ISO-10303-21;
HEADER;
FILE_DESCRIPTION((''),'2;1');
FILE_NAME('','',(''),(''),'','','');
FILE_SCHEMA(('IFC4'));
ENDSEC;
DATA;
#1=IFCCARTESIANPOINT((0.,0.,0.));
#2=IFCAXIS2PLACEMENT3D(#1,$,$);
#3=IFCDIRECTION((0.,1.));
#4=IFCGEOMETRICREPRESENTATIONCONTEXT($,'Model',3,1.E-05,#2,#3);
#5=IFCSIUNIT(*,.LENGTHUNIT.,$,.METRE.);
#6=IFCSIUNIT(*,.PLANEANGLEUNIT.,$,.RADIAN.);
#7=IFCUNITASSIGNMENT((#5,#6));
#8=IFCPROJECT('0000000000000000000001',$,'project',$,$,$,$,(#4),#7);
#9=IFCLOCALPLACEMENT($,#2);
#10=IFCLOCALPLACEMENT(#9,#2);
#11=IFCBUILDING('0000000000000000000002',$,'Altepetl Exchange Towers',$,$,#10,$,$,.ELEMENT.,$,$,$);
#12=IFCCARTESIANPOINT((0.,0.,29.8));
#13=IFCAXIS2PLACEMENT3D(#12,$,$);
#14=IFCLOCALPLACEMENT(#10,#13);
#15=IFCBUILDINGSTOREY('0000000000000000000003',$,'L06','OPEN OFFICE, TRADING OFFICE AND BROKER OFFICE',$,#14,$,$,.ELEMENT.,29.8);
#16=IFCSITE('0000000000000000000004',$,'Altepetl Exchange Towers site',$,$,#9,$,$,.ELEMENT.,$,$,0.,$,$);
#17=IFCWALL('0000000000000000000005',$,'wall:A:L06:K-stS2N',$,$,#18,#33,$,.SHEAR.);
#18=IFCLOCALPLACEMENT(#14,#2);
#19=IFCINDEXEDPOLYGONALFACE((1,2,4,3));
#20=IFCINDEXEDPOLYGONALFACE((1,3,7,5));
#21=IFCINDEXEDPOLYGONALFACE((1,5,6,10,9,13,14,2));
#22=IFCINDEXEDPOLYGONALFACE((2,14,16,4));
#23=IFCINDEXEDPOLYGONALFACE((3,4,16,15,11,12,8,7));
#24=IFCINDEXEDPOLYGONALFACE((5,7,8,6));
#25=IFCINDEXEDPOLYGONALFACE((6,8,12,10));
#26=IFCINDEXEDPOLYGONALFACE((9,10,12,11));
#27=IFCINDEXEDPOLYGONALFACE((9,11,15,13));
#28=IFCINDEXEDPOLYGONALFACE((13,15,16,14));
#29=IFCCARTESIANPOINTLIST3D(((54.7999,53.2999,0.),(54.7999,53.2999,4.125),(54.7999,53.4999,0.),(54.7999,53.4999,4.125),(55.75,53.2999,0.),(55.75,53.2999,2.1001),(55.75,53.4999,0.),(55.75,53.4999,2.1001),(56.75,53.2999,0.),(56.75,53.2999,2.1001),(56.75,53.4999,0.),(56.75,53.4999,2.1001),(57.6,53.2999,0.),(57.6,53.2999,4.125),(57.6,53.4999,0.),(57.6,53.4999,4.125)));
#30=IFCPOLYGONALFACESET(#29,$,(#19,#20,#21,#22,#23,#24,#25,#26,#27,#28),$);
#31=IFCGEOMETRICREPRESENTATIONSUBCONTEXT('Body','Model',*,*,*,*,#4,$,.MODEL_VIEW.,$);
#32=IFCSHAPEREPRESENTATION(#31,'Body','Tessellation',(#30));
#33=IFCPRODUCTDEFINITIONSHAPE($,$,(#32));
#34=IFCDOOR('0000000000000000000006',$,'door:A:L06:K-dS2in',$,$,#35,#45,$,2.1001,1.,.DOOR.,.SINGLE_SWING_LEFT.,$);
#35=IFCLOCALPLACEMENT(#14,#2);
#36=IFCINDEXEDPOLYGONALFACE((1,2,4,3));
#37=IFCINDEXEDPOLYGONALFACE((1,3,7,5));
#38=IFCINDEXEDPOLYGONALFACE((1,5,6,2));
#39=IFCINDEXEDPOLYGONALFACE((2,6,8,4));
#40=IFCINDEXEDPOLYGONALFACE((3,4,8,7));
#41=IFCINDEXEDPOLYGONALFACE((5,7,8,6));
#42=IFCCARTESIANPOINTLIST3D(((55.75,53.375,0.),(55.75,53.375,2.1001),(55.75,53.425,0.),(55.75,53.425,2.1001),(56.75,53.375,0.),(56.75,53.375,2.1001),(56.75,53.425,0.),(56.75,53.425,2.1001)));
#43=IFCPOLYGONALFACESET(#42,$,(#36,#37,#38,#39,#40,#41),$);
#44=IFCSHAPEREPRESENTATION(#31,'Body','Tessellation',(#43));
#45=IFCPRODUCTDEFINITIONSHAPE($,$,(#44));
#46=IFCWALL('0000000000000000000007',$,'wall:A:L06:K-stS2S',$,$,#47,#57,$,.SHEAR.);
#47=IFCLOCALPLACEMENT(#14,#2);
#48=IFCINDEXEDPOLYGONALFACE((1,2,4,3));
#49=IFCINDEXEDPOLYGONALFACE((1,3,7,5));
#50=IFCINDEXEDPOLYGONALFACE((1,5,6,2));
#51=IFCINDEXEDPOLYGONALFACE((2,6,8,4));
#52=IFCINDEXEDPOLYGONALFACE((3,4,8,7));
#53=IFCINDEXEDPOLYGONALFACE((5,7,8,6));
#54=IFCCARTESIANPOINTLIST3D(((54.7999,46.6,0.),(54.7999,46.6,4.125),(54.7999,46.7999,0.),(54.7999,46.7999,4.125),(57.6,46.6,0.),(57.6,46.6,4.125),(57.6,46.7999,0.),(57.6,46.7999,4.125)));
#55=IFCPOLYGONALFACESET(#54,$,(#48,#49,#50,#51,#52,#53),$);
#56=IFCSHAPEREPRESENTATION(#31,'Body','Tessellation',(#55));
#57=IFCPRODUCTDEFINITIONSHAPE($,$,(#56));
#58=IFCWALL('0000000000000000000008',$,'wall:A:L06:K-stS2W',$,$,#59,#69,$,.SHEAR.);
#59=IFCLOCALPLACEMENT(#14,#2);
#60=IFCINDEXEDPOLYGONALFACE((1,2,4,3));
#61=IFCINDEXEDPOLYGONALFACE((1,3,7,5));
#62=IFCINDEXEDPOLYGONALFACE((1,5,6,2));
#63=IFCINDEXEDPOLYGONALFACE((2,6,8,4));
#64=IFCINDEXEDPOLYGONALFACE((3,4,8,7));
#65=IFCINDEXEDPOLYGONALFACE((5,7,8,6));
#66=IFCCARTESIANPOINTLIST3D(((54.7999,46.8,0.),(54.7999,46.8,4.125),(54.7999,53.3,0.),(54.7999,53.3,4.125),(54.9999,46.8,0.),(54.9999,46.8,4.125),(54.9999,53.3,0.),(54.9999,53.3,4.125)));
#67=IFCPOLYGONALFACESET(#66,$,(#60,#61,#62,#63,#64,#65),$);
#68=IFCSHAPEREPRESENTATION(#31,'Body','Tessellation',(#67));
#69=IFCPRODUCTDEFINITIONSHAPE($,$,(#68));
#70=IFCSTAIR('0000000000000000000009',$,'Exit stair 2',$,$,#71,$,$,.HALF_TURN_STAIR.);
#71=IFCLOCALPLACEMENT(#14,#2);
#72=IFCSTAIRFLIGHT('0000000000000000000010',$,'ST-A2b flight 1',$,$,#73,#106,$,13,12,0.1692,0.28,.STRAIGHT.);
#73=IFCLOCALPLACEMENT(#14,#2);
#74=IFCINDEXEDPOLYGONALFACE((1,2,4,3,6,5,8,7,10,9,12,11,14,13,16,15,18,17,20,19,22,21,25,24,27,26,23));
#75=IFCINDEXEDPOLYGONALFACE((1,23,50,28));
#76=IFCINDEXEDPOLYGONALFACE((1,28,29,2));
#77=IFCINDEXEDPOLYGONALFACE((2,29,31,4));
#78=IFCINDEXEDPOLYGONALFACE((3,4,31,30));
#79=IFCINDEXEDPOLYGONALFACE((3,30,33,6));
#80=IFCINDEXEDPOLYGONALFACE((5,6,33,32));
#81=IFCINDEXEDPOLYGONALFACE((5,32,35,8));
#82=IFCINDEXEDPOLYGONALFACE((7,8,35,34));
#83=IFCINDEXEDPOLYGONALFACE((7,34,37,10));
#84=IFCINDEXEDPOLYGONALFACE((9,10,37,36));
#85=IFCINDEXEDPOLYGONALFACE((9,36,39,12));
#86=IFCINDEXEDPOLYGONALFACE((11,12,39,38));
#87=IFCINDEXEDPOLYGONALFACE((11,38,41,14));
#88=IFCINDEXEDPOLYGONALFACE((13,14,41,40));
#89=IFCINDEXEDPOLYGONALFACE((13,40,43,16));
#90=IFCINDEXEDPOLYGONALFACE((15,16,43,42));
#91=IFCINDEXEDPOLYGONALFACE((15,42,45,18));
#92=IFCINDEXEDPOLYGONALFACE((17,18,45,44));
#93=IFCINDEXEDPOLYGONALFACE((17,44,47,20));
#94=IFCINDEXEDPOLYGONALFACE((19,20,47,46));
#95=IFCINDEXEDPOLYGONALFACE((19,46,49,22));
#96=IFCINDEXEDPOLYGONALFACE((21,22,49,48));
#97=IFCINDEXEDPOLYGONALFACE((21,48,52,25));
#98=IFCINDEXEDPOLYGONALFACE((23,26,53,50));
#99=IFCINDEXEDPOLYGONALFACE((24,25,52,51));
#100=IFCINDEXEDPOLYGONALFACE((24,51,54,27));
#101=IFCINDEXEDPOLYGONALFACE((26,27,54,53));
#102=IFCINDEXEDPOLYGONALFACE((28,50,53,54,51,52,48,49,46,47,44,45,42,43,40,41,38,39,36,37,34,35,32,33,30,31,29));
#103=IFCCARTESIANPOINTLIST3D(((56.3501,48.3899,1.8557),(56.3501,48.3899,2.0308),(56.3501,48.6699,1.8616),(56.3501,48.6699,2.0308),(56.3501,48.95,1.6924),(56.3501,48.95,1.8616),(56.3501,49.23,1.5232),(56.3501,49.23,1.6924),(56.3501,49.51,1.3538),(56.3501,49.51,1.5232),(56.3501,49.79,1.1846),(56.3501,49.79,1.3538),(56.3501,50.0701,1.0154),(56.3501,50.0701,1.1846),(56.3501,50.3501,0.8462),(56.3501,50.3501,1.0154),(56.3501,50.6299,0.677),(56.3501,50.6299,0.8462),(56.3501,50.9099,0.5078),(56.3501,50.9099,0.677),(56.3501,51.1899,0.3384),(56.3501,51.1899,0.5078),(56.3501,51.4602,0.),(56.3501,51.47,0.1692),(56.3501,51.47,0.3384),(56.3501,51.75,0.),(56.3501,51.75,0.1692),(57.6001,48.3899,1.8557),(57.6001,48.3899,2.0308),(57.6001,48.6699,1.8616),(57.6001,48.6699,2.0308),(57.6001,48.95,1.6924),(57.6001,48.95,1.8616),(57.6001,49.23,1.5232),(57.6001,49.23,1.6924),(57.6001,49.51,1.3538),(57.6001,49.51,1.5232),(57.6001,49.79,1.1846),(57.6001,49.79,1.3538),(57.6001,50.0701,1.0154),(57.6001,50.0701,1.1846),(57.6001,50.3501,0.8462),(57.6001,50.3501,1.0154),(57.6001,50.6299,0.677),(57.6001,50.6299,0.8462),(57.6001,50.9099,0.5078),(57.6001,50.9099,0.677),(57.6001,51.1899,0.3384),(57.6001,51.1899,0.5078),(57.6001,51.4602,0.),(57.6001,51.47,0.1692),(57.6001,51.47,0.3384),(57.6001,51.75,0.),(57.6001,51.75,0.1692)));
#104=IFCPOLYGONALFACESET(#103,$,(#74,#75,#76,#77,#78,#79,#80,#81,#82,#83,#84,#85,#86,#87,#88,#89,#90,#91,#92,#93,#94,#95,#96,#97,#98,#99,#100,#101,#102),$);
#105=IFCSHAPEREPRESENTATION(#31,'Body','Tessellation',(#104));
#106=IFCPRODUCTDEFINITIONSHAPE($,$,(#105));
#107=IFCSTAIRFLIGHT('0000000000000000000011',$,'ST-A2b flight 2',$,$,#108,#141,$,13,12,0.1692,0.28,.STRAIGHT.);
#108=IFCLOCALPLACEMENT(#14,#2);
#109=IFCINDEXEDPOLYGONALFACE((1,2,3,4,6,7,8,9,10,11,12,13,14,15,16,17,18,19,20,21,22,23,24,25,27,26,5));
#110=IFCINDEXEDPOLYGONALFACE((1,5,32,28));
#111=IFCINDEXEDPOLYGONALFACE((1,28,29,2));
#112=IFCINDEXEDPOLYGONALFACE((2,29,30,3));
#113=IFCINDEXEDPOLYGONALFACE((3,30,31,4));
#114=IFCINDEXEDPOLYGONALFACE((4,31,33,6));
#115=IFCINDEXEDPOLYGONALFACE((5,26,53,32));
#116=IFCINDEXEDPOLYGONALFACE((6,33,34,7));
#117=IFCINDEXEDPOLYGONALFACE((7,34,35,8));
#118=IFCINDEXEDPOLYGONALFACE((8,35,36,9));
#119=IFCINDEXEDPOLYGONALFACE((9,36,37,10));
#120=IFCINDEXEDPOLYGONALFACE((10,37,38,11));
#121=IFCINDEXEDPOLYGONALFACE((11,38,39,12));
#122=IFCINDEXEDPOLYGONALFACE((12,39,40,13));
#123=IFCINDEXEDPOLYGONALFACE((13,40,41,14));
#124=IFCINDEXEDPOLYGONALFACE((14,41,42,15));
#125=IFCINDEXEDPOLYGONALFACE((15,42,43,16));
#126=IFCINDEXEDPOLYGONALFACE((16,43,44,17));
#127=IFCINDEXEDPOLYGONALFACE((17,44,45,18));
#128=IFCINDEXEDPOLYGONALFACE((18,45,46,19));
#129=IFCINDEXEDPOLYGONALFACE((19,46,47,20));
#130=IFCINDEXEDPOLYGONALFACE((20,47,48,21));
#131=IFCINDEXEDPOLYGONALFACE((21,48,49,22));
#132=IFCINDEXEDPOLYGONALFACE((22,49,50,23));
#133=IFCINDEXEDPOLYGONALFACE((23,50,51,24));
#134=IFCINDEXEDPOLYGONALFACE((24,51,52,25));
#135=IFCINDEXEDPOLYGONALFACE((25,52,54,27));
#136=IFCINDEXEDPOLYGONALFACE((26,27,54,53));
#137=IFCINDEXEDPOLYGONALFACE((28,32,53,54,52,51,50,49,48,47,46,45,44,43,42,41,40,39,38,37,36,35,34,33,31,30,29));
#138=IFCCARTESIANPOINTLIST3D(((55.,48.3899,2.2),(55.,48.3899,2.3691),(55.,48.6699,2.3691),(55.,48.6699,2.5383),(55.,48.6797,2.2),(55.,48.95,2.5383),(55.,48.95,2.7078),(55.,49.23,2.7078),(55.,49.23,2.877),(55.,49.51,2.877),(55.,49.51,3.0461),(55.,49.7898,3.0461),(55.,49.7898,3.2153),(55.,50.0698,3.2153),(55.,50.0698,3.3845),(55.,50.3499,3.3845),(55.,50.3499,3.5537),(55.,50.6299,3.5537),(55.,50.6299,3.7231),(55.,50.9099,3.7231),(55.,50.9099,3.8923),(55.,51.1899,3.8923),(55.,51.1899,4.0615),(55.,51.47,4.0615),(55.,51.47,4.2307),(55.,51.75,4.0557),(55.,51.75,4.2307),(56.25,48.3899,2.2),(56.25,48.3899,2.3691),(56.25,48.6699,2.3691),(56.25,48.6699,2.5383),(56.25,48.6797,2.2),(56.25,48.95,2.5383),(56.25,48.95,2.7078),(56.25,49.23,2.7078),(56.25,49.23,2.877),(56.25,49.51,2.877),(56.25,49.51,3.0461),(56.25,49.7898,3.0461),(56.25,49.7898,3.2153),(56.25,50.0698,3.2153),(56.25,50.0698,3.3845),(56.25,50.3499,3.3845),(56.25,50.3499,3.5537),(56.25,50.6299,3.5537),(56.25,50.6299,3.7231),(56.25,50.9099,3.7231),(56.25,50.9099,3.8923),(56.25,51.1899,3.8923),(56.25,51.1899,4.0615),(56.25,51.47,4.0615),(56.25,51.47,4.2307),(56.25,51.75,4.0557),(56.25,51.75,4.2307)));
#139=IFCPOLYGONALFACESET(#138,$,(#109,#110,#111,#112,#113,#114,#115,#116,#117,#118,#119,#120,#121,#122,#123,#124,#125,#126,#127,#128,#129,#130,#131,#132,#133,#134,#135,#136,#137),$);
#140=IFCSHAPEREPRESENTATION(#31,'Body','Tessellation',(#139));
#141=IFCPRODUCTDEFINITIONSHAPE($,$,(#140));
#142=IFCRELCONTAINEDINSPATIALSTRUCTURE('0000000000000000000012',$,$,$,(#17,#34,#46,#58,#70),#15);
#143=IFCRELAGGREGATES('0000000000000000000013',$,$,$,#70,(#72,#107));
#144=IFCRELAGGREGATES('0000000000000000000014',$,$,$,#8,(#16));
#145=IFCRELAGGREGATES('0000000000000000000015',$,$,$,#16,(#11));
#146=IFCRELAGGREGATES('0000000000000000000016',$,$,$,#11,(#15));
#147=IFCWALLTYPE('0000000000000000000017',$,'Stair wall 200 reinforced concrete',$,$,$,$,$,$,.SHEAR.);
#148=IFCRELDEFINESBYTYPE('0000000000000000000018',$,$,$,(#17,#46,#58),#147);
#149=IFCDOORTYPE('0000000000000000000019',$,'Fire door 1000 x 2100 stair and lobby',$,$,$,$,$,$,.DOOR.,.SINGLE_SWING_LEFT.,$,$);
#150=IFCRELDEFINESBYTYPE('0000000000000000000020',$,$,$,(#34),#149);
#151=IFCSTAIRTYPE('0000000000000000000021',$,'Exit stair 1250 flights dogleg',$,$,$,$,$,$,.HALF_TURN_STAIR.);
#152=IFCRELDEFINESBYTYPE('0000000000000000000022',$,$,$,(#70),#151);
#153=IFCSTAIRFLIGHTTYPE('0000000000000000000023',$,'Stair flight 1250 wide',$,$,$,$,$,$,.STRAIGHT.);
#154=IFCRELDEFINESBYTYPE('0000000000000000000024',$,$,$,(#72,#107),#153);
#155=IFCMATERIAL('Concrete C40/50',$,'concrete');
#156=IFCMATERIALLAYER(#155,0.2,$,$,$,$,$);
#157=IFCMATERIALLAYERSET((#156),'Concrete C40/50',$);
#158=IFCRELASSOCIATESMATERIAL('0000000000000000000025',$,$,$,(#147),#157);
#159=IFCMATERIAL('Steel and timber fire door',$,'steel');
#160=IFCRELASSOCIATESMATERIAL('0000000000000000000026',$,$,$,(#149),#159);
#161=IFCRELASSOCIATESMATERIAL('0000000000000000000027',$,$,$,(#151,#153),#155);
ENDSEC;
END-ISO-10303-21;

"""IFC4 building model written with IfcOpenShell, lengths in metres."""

from ifc_helpers import new_model, si_unit, direction, frame, frame_2d, origin, place, context, subcontext, project, spatial, polyline, rectangle, outline, extrude, material, layer, layer_set, type_object, element, fill, aggregate, save


model = new_model("IFC4")

# Units and contexts
model_context = context("Model", 3, precision=1e-05, world=origin(), true_north=direction((0.0, 1.0)))
body_context = subcontext(model_context, "Body", "Model", "MODEL_VIEW")
ifc_project = project(units=[si_unit("LENGTHUNIT", "METRE"), si_unit("PLANEANGLEUNIT", "RADIAN")], contexts=[model_context])

# Site, building, storey
site_placement = place(None, origin())
site = spatial("IfcSite", under=ifc_project, at=site_placement, Name="Altepetl Exchange Towers site", CompositionType="ELEMENT", RefElevation=0.0)
building_placement = place(site_placement, origin())
building = spatial("IfcBuilding", under=site, at=building_placement, Name="Altepetl Exchange Towers", CompositionType="ELEMENT")
storey_placement = place(building_placement, frame((0.0, 0.0, 29.8)))
storey = spatial("IfcBuildingStorey", under=building, at=storey_placement, Name="L06", Description="OPEN OFFICE, TRADING OFFICE AND BROKER OFFICE", CompositionType="ELEMENT", Elevation=29.8)

# Shared definitions
ifc_material_1 = material(Name="Concrete C40/50", Category="concrete")

# Wall, opening, door
ifc_layer_1 = layer(ifc_material_1, 0.2)
ifc_layer_set_1 = layer_set([ifc_layer_1], Name="Concrete C40/50")
wall_type_1 = type_object("IfcWallType", Name="Stair wall 200 reinforced concrete", PredefinedType="SHEAR", material=ifc_layer_set_1)
wall_1_placement = place(storey_placement, frame((54.8, 53.3999, 0.0)))
wall_1 = element("IfcWall", 1, at=wall_1_placement, inside=storey, type_object=wall_type_1, Name="wall:A:L06:K-stS2N", PredefinedType="SHEAR", context=body_context, shape_type="SweptSolid", body=[
    extrude(rectangle(XDim=2.8, YDim=0.2, at=frame_2d((1.3999, 0.0))), origin(), (0.0, 0.0, 1.0), 4.125),
])
opening_placement = place(wall_1_placement, frame((0.95, 0.0, 0.0)))
opening = element("IfcOpeningElement", 2, at=opening_placement, cuts=wall_1, PredefinedType="OPENING", context=body_context, shape_type="SweptSolid", body=[
    extrude(rectangle(XDim=1.0, YDim=2.1001, at=frame_2d((0.5, 1.05))), frame((0.0, 0.1099, 0.0), z_axis=(0.0, -1.0, 0.0), x_axis=(1.0, 0.0, 0.0)), (0.0, 0.0, 1.0), 0.22),
])
ifc_material_2 = material(Name="Steel and timber fire door", Category="steel")
door_type = type_object("IfcDoorType", Name="Fire door 1000 x 2100 stair and lobby", OperationType="SINGLE_SWING_LEFT", PredefinedType="DOOR", material=ifc_material_2)
door_placement = place(opening_placement, frame((1.0, 0.0, 0.0), x_axis=(-1.0, 0.0, 0.0)))
door = element("IfcDoor", 3, at=door_placement, inside=storey, type_object=door_type, Name="door:A:L06:K-dS2in", OperationType="SINGLE_SWING_LEFT", OverallHeight=2.1001, OverallWidth=1.0, PredefinedType="DOOR", context=body_context, shape_type="SweptSolid", body=[
    extrude(rectangle(XDim=1.0, YDim=2.1001, at=frame_2d((0.5, 1.05))), frame((0.0, 0.0249, 0.0), z_axis=(0.0, -1.0, 0.0), x_axis=(1.0, 0.0, 0.0)), (0.0, 0.0, 1.0), 0.05),
])
fill(opening, door)

# Walls
wall_2_placement = place(storey_placement, frame((54.8, 46.7, 0.0)))
element("IfcWall", 4, at=wall_2_placement, inside=storey, type_object=wall_type_1, Name="wall:A:L06:K-stS2S", PredefinedType="SHEAR", context=body_context, shape_type="SweptSolid", body=[
    extrude(rectangle(XDim=2.8, YDim=0.2, at=frame_2d((1.3999, 0.0))), origin(), (0.0, 0.0, 1.0), 4.125),
])
wall_3_placement = place(storey_placement, frame((54.8999, 46.8, 0.0), z_axis=(0.0, 0.0, 1.0), x_axis=(0.0, 1.0, 0.0)))
element("IfcWall", 5, at=wall_3_placement, inside=storey, type_object=wall_type_1, Name="wall:A:L06:K-stS2W", PredefinedType="SHEAR", context=body_context, shape_type="SweptSolid", body=[
    extrude(rectangle(XDim=6.5, YDim=0.2, at=frame_2d((3.25, 0.0))), origin(), (0.0, 0.0, 1.0), 4.125),
])

# Stair, stair flights
stair_type = type_object("IfcStairType", Name="Exit stair 1250 flights dogleg", PredefinedType="HALF_TURN_STAIR", material=ifc_material_1)
stair_placement = place(storey_placement, origin())
stair = element("IfcStair", 6, at=stair_placement, inside=storey, type_object=stair_type, Name="Exit stair 2", PredefinedType="HALF_TURN_STAIR")
stair_flight_type = type_object("IfcStairFlightType", Name="Stair flight 1250 wide", PredefinedType="STRAIGHT", material=ifc_material_1)
stair_flight_1_placement = place(storey_placement, frame((56.9751, 51.75, 0.0), z_axis=(0.0, 0.0, 1.0), x_axis=(0.0, -1.0, 0.0)))
stair_flight_1 = element("IfcStairFlight", 7, at=stair_flight_1_placement, type_object=stair_flight_type, Name="ST-A2b flight 1", NumberOfRisers=13, NumberOfTreads=12, PredefinedType="STRAIGHT", RiserHeight=0.1692, TreadLength=0.28, context=body_context, shape_type="SweptSolid", body=[
    extrude(outline(polyline([(0.0, 0.0), (0.0, 0.1692), (0.28, 0.1692), (0.28, 0.3384), (0.5601, 0.3384), (0.5601, 0.5078), (0.8401, 0.5078), (0.8401, 0.677), (1.1201, 0.677), (1.1201, 0.8462), (1.3999, 0.8462), (1.3999, 1.0154), (1.6799, 1.0154), (1.6799, 1.1846), (1.96, 1.1846), (1.96, 1.3538), (2.24, 1.3538), (2.24, 1.5232), (2.52, 1.5232), (2.52, 1.6924), (2.8, 1.6924), (2.8, 1.8616), (3.0801, 1.8616), (3.0801, 2.0308), (3.3601, 2.0308), (3.3601, 2.2), (3.3601, 1.8557), (0.2898, 0.0), (0.0, 0.0)])), frame((0.0, 0.625, 0.0), z_axis=(0.0, -1.0, 0.0), x_axis=(1.0, 0.0, 0.0)), (0.0, 0.0, 1.0), 1.25),
])
stair_flight_2_placement = place(storey_placement, frame((55.625, 48.3899, 2.2), z_axis=(0.0, 0.0, 1.0), x_axis=(0.0, 1.0, 0.0)))
stair_flight_2 = element("IfcStairFlight", 8, at=stair_flight_2_placement, type_object=stair_flight_type, Name="ST-A2b flight 2", NumberOfRisers=13, NumberOfTreads=12, PredefinedType="STRAIGHT", RiserHeight=0.1692, TreadLength=0.28, context=body_context, shape_type="SweptSolid", body=[
    extrude(outline(polyline([(0.0, 0.0), (0.0, 0.1692), (0.28, 0.1692), (0.28, 0.3384), (0.5601, 0.3384), (0.5601, 0.5078), (0.8401, 0.5078), (0.8401, 0.677), (1.1201, 0.677), (1.1201, 0.8462), (1.3999, 0.8462), (1.3999, 1.0154), (1.6799, 1.0154), (1.6799, 1.1846), (1.96, 1.1846), (1.96, 1.3538), (2.24, 1.3538), (2.24, 1.5232), (2.52, 1.5232), (2.52, 1.6924), (2.8, 1.6924), (2.8, 1.8616), (3.0801, 1.8616), (3.0801, 2.0308), (3.3601, 2.0308), (3.3601, 2.2), (3.3601, 1.8557), (0.2898, 0.0), (0.0, 0.0)])), frame((0.0, 0.625, 0.0), z_axis=(0.0, -1.0, 0.0), x_axis=(1.0, 0.0, 0.0)), (0.0, 0.0, 1.0), 1.25),
])
aggregate(stair, [stair_flight_1, stair_flight_2])

save(model, "model.ifc")
